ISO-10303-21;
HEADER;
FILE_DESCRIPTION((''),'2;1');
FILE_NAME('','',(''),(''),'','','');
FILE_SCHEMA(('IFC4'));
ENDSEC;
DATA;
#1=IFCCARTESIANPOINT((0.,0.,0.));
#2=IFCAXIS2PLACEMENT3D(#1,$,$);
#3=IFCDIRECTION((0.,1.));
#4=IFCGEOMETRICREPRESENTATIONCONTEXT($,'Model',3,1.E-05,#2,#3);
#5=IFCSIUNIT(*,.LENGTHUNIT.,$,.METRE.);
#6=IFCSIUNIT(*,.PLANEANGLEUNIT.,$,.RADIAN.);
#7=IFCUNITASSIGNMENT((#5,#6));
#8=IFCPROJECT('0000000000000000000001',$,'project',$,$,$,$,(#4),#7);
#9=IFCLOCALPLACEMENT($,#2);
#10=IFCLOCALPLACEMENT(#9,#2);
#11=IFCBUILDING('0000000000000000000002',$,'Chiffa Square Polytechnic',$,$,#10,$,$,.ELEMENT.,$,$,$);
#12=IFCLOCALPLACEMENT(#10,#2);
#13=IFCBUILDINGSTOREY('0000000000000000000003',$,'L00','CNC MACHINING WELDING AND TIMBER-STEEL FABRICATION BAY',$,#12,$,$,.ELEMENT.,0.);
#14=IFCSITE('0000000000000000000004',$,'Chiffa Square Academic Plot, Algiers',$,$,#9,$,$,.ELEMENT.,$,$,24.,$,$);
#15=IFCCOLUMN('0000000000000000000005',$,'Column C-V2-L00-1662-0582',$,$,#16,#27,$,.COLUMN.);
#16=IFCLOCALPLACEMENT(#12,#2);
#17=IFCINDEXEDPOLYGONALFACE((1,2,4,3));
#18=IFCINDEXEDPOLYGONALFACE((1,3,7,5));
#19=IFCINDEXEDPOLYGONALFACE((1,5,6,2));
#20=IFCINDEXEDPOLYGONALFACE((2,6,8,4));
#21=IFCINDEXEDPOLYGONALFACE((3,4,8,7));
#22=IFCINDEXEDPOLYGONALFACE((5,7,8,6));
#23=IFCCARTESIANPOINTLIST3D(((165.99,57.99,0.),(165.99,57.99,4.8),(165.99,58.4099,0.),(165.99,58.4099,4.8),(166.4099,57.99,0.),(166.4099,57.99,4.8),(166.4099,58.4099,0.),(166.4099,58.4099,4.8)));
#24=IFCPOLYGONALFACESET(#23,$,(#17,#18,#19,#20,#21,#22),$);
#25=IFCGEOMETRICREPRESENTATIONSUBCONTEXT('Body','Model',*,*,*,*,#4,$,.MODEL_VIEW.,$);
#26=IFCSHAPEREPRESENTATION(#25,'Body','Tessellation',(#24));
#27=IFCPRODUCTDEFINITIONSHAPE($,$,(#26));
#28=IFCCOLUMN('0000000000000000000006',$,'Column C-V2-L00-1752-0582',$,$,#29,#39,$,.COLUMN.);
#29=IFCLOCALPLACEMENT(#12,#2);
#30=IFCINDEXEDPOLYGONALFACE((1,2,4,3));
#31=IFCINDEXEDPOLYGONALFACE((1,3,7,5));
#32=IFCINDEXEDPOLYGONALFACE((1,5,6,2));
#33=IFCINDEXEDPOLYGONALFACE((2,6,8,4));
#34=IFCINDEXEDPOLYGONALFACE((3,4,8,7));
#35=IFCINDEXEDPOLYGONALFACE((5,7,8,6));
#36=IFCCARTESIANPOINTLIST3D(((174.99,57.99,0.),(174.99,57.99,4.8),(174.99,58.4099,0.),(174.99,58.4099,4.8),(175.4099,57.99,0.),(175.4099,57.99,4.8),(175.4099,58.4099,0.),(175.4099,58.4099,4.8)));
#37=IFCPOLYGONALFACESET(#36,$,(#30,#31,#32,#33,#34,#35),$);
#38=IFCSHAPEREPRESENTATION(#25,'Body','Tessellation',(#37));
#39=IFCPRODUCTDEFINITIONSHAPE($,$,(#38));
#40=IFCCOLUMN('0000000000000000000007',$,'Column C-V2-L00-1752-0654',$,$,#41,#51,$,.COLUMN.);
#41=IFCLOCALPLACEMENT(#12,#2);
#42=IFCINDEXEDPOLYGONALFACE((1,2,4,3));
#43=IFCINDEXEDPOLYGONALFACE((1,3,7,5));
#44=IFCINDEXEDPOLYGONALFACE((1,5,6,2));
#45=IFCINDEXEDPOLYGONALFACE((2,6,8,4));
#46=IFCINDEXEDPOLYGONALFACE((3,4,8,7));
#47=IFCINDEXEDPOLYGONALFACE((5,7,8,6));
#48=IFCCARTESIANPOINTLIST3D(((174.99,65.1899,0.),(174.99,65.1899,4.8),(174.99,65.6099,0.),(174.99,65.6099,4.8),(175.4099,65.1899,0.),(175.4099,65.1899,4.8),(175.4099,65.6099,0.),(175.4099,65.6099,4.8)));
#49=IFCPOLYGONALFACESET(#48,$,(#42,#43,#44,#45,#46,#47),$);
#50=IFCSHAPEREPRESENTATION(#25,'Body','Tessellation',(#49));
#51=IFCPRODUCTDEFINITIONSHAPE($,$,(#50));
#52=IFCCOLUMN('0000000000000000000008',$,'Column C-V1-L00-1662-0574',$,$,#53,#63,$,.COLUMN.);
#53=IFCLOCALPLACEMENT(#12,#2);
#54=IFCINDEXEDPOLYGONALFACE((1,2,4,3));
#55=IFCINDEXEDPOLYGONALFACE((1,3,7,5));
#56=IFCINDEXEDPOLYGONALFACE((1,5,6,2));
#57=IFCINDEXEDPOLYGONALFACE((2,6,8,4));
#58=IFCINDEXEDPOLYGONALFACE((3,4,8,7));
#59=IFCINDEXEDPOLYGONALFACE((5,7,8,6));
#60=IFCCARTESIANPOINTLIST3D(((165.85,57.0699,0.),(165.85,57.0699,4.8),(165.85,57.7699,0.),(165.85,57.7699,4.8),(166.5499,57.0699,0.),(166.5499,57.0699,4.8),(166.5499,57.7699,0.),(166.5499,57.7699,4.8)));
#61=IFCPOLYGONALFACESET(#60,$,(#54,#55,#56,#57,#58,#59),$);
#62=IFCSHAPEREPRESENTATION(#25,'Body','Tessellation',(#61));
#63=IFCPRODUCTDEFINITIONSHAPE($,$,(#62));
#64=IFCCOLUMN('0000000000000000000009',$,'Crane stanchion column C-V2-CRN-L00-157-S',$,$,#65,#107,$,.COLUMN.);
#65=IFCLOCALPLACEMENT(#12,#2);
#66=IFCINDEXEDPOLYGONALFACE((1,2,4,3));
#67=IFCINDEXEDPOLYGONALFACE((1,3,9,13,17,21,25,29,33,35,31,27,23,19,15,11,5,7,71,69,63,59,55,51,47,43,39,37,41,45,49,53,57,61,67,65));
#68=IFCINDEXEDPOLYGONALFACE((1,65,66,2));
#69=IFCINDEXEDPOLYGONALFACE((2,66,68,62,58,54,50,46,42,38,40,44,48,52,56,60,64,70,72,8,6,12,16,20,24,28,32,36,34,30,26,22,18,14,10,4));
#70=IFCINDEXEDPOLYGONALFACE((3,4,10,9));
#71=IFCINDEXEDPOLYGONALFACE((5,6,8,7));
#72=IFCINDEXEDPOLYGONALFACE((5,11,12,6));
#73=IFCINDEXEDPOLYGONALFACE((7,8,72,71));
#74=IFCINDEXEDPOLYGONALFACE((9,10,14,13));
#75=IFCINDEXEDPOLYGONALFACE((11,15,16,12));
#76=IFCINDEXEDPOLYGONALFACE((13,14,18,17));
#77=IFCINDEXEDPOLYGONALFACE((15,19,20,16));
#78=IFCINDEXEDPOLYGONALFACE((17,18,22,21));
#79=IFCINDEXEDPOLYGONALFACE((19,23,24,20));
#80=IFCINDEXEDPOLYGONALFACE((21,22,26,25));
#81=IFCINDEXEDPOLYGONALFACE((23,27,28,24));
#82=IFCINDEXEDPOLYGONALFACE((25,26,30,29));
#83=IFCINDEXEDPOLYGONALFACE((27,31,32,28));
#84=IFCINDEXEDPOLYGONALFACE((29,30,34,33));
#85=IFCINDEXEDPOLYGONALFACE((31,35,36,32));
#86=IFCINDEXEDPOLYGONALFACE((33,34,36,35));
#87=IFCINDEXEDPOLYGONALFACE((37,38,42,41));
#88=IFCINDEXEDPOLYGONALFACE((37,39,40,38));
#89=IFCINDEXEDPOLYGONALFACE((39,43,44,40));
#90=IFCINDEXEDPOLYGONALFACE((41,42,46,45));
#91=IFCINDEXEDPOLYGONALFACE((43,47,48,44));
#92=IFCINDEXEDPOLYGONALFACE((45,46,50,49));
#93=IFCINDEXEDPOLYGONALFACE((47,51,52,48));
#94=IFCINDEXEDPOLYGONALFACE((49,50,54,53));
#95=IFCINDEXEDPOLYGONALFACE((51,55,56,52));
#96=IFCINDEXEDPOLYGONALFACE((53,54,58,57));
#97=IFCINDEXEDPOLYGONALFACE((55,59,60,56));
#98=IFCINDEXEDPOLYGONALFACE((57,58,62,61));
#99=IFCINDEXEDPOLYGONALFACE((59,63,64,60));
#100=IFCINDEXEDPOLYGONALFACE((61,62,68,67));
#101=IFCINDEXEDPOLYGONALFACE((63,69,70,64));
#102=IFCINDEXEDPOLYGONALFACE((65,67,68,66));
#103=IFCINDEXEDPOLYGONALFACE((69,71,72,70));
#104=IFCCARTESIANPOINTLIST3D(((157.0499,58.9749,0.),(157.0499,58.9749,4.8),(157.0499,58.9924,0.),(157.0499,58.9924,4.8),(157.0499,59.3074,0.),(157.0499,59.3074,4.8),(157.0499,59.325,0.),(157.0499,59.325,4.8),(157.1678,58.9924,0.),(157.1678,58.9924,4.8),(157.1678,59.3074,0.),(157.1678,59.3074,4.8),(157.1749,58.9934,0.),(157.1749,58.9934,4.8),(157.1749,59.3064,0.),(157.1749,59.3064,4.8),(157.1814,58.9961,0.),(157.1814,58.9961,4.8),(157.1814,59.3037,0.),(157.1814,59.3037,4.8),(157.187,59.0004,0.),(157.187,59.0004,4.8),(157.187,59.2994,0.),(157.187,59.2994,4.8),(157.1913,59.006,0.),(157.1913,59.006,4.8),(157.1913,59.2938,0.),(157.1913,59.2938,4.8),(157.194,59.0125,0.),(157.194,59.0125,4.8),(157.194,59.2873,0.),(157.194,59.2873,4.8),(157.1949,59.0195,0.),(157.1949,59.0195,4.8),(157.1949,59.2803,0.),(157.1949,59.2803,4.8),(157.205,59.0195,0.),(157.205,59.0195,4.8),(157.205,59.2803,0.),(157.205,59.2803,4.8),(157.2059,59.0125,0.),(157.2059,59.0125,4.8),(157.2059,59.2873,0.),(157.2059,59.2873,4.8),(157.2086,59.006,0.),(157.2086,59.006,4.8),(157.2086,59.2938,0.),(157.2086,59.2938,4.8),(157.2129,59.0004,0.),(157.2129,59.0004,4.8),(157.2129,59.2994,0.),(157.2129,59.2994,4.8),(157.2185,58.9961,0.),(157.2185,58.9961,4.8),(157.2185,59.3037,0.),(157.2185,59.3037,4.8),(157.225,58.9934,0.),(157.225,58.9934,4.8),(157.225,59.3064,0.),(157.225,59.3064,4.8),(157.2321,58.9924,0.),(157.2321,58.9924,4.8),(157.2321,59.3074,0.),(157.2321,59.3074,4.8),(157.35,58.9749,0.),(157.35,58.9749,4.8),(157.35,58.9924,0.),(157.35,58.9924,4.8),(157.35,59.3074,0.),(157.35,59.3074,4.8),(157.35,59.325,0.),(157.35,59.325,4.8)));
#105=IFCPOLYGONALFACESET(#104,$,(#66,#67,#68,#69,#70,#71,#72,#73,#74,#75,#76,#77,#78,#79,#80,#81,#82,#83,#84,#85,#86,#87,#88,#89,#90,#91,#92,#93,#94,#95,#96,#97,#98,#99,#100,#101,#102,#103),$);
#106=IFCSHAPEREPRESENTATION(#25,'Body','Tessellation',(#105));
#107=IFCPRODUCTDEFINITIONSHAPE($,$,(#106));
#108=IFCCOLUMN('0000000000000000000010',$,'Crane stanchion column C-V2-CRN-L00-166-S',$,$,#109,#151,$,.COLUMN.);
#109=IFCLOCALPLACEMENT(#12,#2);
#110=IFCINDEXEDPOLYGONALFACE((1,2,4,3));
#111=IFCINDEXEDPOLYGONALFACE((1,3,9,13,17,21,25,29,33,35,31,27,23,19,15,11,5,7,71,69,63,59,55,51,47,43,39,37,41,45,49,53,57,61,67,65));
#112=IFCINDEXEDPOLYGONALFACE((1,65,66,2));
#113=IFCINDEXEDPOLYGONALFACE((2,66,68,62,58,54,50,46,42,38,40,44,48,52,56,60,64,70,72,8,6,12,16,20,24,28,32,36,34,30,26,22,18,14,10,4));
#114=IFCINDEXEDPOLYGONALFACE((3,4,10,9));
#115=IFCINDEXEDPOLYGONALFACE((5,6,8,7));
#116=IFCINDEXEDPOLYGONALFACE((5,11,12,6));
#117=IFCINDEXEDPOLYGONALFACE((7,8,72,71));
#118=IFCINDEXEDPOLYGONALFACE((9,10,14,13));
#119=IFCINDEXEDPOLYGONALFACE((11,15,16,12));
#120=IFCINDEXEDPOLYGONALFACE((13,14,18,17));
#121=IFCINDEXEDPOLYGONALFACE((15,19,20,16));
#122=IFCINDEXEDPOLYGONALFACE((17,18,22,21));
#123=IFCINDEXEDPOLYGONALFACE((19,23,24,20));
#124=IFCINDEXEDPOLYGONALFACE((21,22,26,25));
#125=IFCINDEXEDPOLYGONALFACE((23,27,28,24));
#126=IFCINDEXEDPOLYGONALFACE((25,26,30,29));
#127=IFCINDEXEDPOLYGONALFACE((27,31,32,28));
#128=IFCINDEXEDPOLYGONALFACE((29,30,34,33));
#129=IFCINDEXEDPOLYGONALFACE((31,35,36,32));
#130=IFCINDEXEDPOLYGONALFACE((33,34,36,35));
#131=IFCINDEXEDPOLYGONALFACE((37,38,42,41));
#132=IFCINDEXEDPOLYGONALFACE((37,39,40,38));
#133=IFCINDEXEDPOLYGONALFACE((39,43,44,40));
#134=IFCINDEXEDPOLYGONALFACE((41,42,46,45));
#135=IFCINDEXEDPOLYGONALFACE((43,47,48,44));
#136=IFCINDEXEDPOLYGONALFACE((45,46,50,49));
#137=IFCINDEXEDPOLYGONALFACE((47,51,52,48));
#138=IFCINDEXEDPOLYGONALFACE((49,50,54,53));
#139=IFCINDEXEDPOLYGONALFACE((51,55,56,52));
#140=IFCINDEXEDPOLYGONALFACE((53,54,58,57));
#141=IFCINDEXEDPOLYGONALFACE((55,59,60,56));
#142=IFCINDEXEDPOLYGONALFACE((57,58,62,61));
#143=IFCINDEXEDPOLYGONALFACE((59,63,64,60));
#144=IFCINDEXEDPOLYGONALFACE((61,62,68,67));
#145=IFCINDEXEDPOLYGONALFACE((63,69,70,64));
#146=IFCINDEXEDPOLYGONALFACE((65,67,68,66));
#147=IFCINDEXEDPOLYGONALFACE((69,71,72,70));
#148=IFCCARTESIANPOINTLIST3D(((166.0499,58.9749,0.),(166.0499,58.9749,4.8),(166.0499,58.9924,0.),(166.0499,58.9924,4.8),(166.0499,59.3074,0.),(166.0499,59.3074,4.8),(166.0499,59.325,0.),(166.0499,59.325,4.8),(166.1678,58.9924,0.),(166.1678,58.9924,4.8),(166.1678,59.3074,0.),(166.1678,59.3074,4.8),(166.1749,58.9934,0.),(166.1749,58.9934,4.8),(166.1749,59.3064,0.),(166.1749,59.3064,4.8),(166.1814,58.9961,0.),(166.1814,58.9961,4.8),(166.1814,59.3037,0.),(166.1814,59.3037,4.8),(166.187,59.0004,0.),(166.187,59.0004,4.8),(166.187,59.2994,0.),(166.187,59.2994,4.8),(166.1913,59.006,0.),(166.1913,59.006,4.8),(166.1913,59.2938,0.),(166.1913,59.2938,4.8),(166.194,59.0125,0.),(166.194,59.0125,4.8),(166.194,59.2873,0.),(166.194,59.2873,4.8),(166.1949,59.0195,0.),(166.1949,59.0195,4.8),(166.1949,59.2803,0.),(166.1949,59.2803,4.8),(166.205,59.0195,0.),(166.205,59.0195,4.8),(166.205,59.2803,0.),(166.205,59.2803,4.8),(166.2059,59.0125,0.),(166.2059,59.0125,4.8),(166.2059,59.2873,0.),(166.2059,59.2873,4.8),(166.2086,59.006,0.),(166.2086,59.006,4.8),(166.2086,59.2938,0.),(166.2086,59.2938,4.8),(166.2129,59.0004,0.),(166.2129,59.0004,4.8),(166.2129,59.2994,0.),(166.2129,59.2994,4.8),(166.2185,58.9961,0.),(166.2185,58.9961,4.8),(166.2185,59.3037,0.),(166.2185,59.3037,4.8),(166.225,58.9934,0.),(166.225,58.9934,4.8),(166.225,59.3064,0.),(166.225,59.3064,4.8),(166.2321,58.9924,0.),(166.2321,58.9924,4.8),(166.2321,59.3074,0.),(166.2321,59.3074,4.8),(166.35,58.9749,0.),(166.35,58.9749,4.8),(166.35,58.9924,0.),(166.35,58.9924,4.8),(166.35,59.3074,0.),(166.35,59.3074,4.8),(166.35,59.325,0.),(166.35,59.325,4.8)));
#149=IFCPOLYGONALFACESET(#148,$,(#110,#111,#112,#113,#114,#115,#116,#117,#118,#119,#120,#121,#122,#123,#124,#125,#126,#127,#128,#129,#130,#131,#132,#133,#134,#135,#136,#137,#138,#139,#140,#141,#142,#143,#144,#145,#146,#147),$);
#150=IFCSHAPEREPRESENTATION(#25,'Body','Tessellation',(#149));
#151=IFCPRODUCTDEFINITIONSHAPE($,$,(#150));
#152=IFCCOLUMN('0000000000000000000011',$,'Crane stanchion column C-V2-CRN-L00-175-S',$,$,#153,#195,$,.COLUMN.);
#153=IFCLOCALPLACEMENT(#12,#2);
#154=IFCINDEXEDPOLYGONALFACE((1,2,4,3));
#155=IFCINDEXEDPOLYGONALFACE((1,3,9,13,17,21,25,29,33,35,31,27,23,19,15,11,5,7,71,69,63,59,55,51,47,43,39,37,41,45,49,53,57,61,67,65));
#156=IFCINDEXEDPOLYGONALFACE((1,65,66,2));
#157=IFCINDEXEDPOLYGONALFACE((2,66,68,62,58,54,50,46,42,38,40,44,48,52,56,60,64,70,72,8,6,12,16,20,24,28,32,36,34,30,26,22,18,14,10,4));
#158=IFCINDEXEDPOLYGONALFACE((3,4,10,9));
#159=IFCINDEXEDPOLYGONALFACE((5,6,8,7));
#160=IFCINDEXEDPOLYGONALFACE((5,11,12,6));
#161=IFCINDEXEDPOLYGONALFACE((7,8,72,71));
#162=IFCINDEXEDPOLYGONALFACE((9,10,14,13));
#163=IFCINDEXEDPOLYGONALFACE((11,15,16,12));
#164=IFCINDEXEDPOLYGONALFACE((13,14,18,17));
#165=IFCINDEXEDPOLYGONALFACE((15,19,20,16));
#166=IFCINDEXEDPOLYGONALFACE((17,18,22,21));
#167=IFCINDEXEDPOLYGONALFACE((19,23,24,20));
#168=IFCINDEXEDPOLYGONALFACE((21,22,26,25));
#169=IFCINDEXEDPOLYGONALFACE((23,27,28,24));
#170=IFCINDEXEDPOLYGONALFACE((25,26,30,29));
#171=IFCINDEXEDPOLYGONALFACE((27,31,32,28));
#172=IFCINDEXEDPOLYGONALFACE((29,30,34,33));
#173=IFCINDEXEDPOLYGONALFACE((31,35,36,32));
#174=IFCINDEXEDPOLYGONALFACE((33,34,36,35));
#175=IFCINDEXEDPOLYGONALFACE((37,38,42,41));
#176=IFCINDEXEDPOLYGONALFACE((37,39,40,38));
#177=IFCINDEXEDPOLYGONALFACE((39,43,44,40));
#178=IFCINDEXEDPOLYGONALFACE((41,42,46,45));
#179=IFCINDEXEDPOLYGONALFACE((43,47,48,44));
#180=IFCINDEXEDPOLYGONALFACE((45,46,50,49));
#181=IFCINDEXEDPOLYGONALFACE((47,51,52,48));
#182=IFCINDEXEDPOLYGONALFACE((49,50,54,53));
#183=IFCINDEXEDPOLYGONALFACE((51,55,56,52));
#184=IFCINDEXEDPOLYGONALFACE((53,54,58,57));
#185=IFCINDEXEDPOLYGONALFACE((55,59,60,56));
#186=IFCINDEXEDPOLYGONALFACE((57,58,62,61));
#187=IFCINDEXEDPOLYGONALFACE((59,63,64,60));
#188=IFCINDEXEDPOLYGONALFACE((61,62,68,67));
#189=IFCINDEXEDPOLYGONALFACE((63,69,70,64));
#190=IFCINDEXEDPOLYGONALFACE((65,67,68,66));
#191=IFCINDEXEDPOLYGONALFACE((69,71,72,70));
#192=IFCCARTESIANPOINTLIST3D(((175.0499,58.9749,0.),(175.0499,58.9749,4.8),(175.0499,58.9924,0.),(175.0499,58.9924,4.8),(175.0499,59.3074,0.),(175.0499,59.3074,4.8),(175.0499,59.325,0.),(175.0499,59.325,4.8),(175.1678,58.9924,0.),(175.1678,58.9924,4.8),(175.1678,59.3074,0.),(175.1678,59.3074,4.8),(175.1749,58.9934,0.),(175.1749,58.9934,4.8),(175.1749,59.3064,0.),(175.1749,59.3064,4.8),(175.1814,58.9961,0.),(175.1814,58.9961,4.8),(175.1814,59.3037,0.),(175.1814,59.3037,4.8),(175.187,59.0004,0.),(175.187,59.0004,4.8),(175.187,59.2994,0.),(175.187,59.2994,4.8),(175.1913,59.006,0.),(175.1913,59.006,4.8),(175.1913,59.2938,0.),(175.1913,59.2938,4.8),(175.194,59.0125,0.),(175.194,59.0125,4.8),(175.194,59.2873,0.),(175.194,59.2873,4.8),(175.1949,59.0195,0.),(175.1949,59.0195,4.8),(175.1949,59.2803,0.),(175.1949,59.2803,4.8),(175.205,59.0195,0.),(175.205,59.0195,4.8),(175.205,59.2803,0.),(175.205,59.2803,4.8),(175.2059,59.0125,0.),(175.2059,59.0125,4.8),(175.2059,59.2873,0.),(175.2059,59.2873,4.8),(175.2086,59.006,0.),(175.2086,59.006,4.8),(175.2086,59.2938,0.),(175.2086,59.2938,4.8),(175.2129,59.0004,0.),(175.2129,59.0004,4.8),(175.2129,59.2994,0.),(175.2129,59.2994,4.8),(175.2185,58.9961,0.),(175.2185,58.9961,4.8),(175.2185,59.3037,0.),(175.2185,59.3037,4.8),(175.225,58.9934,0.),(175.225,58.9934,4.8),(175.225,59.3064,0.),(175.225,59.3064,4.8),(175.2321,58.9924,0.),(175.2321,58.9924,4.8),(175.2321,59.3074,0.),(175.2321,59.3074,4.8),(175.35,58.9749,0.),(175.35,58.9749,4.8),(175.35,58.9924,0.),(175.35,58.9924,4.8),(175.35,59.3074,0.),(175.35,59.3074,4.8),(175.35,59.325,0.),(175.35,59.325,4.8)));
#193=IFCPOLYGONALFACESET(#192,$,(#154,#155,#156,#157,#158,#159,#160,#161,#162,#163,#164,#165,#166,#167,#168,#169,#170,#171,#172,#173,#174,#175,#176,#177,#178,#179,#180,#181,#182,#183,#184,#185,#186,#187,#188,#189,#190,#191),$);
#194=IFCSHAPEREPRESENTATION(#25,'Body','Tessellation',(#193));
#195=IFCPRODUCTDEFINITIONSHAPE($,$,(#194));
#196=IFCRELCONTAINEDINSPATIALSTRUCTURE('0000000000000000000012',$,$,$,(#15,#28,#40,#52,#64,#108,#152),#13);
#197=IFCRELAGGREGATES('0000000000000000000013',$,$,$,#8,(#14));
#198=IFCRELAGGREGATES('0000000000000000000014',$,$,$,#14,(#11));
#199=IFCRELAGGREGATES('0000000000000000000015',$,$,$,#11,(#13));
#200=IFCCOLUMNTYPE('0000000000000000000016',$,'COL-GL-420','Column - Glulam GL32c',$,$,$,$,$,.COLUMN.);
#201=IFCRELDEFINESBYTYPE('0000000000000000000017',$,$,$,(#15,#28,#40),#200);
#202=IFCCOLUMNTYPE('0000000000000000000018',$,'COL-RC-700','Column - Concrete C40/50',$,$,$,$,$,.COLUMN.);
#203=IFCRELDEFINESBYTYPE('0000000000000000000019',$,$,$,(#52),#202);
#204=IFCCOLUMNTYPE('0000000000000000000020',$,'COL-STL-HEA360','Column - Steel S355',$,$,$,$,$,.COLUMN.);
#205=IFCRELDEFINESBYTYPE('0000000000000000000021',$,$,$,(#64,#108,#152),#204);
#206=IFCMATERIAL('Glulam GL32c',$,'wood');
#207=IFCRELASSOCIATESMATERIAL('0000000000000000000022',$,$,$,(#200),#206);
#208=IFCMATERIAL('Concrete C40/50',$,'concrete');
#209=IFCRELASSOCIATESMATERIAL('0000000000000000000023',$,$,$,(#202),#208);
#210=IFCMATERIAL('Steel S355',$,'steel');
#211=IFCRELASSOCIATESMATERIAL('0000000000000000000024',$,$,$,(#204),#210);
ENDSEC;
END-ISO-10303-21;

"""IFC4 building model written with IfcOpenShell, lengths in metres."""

from ifc_helpers import new_model, si_unit, direction, frame, origin, origin_2d, place, context, subcontext, project, spatial, rectangle, i_section, extrude, material, material_profile, profile_set, type_object, element, save


model = new_model("IFC4")

# Units and contexts
model_context = context("Model", 3, precision=1e-05, world=origin(), true_north=direction((0.0, 1.0)))
body_context = subcontext(model_context, "Body", "Model", "MODEL_VIEW")
ifc_project = project(units=[si_unit("LENGTHUNIT", "METRE"), si_unit("PLANEANGLEUNIT", "RADIAN")], contexts=[model_context])

# Site, building, storey
site_placement = place(None, origin())
site = spatial("IfcSite", under=ifc_project, at=site_placement, Name="Chiffa Square Academic Plot, Algiers", CompositionType="ELEMENT", RefElevation=24.0)
building_placement = place(site_placement, origin())
building = spatial("IfcBuilding", under=site, at=building_placement, Name="Chiffa Square Polytechnic", CompositionType="ELEMENT")
storey_placement = place(building_placement, origin())
storey = spatial("IfcBuildingStorey", under=building, at=storey_placement, Name="L00", Description="CNC MACHINING WELDING AND TIMBER-STEEL FABRICATION BAY", CompositionType="ELEMENT", Elevation=0.0)

# Columns
ifc_material_1 = material(Name="Glulam GL32c", Category="wood")
ifc_material_profile_1 = material_profile(ifc_material_1, rectangle(XDim=0.4199, YDim=0.4199, at=origin_2d()), Name="GL32c 420x420")
ifc_profile_set_1 = profile_set([ifc_material_profile_1], Name="Glulam GL32c")
column_type_1 = type_object("IfcColumnType", Name="COL-GL-420", Description="Column - Glulam GL32c", PredefinedType="COLUMN", material=ifc_profile_set_1)
for number, where, z_axis, x_axis, name in (
    (1, (166.2, 58.2, 0.0), (0.0, 0.0, 1.0), (1.0, 0.0, 0.0), "Column C-V2-L00-1662-0582"),
    (2, (175.2, 58.2, 0.0), (0.0, 0.0, 1.0), (1.0, 0.0, 0.0), "Column C-V2-L00-1752-0582"),
    (3, (175.2, 65.3999, 0.0), (0.0, 0.0, 1.0), (1.0, 0.0, 0.0), "Column C-V2-L00-1752-0654"),
):
    element("IfcColumn", number, at=place(storey_placement, frame(where, z_axis=z_axis, x_axis=x_axis)), inside=storey, type_object=column_type_1, Name=name, PredefinedType="COLUMN", context=body_context, shape_type="SweptSolid", body=[
        extrude(rectangle(XDim=0.4199, YDim=0.4199, at=origin_2d()), origin(), (0.0, 0.0, 1.0), 4.8),
    ])
ifc_material_2 = material(Name="Concrete C40/50", Category="concrete")
ifc_material_profile_2 = material_profile(ifc_material_2, rectangle(XDim=0.7, YDim=0.7, at=origin_2d()), Name="RC 700x700")
ifc_profile_set_2 = profile_set([ifc_material_profile_2], Name="Concrete C40/50")
column_type_2 = type_object("IfcColumnType", Name="COL-RC-700", Description="Column - Concrete C40/50", PredefinedType="COLUMN", material=ifc_profile_set_2)
column_placement = place(storey_placement, frame((166.2, 57.4199, 0.0), z_axis=(0.0, 0.0, 1.0), x_axis=(1.0, 0.0, 0.0)))
element("IfcColumn", 4, at=column_placement, inside=storey, type_object=column_type_2, Name="Column C-V1-L00-1662-0574", PredefinedType="COLUMN", context=body_context, shape_type="SweptSolid", body=[
    extrude(rectangle(XDim=0.7, YDim=0.7, at=origin_2d()), origin(), (0.0, 0.0, 1.0), 4.8),
])
ifc_material_3 = material(Name="Steel S355", Category="steel")
ifc_material_profile_3 = material_profile(ifc_material_3, i_section(OverallWidth=0.3, OverallDepth=0.3501, WebThickness=0.01, FlangeThickness=0.0176, FilletRadius=0.0271, at=origin_2d()), Name="HEA 360")
ifc_profile_set_3 = profile_set([ifc_material_profile_3], Name="Steel S355")
column_type_3 = type_object("IfcColumnType", Name="COL-STL-HEA360", Description="Column - Steel S355", PredefinedType="COLUMN", material=ifc_profile_set_3)
for number, where, z_axis, x_axis, name in (
    (5, (157.2, 59.1499, 0.0), (0.0, 0.0, 1.0), (1.0, 0.0, 0.0), "Crane stanchion column C-V2-CRN-L00-157-S"),
    (6, (166.2, 59.1499, 0.0), (0.0, 0.0, 1.0), (1.0, 0.0, 0.0), "Crane stanchion column C-V2-CRN-L00-166-S"),
    (7, (175.2, 59.1499, 0.0), (0.0, 0.0, 1.0), (1.0, 0.0, 0.0), "Crane stanchion column C-V2-CRN-L00-175-S"),
):
    element("IfcColumn", number, at=place(storey_placement, frame(where, z_axis=z_axis, x_axis=x_axis)), inside=storey, type_object=column_type_3, Name=name, PredefinedType="COLUMN", context=body_context, shape_type="SweptSolid", body=[
        extrude(i_section(OverallWidth=0.3, OverallDepth=0.3501, WebThickness=0.01, FlangeThickness=0.0176, FilletRadius=0.0271, at=origin_2d()), origin(), (0.0, 0.0, 1.0), 4.8),
    ])

save(model, "model.ifc")
